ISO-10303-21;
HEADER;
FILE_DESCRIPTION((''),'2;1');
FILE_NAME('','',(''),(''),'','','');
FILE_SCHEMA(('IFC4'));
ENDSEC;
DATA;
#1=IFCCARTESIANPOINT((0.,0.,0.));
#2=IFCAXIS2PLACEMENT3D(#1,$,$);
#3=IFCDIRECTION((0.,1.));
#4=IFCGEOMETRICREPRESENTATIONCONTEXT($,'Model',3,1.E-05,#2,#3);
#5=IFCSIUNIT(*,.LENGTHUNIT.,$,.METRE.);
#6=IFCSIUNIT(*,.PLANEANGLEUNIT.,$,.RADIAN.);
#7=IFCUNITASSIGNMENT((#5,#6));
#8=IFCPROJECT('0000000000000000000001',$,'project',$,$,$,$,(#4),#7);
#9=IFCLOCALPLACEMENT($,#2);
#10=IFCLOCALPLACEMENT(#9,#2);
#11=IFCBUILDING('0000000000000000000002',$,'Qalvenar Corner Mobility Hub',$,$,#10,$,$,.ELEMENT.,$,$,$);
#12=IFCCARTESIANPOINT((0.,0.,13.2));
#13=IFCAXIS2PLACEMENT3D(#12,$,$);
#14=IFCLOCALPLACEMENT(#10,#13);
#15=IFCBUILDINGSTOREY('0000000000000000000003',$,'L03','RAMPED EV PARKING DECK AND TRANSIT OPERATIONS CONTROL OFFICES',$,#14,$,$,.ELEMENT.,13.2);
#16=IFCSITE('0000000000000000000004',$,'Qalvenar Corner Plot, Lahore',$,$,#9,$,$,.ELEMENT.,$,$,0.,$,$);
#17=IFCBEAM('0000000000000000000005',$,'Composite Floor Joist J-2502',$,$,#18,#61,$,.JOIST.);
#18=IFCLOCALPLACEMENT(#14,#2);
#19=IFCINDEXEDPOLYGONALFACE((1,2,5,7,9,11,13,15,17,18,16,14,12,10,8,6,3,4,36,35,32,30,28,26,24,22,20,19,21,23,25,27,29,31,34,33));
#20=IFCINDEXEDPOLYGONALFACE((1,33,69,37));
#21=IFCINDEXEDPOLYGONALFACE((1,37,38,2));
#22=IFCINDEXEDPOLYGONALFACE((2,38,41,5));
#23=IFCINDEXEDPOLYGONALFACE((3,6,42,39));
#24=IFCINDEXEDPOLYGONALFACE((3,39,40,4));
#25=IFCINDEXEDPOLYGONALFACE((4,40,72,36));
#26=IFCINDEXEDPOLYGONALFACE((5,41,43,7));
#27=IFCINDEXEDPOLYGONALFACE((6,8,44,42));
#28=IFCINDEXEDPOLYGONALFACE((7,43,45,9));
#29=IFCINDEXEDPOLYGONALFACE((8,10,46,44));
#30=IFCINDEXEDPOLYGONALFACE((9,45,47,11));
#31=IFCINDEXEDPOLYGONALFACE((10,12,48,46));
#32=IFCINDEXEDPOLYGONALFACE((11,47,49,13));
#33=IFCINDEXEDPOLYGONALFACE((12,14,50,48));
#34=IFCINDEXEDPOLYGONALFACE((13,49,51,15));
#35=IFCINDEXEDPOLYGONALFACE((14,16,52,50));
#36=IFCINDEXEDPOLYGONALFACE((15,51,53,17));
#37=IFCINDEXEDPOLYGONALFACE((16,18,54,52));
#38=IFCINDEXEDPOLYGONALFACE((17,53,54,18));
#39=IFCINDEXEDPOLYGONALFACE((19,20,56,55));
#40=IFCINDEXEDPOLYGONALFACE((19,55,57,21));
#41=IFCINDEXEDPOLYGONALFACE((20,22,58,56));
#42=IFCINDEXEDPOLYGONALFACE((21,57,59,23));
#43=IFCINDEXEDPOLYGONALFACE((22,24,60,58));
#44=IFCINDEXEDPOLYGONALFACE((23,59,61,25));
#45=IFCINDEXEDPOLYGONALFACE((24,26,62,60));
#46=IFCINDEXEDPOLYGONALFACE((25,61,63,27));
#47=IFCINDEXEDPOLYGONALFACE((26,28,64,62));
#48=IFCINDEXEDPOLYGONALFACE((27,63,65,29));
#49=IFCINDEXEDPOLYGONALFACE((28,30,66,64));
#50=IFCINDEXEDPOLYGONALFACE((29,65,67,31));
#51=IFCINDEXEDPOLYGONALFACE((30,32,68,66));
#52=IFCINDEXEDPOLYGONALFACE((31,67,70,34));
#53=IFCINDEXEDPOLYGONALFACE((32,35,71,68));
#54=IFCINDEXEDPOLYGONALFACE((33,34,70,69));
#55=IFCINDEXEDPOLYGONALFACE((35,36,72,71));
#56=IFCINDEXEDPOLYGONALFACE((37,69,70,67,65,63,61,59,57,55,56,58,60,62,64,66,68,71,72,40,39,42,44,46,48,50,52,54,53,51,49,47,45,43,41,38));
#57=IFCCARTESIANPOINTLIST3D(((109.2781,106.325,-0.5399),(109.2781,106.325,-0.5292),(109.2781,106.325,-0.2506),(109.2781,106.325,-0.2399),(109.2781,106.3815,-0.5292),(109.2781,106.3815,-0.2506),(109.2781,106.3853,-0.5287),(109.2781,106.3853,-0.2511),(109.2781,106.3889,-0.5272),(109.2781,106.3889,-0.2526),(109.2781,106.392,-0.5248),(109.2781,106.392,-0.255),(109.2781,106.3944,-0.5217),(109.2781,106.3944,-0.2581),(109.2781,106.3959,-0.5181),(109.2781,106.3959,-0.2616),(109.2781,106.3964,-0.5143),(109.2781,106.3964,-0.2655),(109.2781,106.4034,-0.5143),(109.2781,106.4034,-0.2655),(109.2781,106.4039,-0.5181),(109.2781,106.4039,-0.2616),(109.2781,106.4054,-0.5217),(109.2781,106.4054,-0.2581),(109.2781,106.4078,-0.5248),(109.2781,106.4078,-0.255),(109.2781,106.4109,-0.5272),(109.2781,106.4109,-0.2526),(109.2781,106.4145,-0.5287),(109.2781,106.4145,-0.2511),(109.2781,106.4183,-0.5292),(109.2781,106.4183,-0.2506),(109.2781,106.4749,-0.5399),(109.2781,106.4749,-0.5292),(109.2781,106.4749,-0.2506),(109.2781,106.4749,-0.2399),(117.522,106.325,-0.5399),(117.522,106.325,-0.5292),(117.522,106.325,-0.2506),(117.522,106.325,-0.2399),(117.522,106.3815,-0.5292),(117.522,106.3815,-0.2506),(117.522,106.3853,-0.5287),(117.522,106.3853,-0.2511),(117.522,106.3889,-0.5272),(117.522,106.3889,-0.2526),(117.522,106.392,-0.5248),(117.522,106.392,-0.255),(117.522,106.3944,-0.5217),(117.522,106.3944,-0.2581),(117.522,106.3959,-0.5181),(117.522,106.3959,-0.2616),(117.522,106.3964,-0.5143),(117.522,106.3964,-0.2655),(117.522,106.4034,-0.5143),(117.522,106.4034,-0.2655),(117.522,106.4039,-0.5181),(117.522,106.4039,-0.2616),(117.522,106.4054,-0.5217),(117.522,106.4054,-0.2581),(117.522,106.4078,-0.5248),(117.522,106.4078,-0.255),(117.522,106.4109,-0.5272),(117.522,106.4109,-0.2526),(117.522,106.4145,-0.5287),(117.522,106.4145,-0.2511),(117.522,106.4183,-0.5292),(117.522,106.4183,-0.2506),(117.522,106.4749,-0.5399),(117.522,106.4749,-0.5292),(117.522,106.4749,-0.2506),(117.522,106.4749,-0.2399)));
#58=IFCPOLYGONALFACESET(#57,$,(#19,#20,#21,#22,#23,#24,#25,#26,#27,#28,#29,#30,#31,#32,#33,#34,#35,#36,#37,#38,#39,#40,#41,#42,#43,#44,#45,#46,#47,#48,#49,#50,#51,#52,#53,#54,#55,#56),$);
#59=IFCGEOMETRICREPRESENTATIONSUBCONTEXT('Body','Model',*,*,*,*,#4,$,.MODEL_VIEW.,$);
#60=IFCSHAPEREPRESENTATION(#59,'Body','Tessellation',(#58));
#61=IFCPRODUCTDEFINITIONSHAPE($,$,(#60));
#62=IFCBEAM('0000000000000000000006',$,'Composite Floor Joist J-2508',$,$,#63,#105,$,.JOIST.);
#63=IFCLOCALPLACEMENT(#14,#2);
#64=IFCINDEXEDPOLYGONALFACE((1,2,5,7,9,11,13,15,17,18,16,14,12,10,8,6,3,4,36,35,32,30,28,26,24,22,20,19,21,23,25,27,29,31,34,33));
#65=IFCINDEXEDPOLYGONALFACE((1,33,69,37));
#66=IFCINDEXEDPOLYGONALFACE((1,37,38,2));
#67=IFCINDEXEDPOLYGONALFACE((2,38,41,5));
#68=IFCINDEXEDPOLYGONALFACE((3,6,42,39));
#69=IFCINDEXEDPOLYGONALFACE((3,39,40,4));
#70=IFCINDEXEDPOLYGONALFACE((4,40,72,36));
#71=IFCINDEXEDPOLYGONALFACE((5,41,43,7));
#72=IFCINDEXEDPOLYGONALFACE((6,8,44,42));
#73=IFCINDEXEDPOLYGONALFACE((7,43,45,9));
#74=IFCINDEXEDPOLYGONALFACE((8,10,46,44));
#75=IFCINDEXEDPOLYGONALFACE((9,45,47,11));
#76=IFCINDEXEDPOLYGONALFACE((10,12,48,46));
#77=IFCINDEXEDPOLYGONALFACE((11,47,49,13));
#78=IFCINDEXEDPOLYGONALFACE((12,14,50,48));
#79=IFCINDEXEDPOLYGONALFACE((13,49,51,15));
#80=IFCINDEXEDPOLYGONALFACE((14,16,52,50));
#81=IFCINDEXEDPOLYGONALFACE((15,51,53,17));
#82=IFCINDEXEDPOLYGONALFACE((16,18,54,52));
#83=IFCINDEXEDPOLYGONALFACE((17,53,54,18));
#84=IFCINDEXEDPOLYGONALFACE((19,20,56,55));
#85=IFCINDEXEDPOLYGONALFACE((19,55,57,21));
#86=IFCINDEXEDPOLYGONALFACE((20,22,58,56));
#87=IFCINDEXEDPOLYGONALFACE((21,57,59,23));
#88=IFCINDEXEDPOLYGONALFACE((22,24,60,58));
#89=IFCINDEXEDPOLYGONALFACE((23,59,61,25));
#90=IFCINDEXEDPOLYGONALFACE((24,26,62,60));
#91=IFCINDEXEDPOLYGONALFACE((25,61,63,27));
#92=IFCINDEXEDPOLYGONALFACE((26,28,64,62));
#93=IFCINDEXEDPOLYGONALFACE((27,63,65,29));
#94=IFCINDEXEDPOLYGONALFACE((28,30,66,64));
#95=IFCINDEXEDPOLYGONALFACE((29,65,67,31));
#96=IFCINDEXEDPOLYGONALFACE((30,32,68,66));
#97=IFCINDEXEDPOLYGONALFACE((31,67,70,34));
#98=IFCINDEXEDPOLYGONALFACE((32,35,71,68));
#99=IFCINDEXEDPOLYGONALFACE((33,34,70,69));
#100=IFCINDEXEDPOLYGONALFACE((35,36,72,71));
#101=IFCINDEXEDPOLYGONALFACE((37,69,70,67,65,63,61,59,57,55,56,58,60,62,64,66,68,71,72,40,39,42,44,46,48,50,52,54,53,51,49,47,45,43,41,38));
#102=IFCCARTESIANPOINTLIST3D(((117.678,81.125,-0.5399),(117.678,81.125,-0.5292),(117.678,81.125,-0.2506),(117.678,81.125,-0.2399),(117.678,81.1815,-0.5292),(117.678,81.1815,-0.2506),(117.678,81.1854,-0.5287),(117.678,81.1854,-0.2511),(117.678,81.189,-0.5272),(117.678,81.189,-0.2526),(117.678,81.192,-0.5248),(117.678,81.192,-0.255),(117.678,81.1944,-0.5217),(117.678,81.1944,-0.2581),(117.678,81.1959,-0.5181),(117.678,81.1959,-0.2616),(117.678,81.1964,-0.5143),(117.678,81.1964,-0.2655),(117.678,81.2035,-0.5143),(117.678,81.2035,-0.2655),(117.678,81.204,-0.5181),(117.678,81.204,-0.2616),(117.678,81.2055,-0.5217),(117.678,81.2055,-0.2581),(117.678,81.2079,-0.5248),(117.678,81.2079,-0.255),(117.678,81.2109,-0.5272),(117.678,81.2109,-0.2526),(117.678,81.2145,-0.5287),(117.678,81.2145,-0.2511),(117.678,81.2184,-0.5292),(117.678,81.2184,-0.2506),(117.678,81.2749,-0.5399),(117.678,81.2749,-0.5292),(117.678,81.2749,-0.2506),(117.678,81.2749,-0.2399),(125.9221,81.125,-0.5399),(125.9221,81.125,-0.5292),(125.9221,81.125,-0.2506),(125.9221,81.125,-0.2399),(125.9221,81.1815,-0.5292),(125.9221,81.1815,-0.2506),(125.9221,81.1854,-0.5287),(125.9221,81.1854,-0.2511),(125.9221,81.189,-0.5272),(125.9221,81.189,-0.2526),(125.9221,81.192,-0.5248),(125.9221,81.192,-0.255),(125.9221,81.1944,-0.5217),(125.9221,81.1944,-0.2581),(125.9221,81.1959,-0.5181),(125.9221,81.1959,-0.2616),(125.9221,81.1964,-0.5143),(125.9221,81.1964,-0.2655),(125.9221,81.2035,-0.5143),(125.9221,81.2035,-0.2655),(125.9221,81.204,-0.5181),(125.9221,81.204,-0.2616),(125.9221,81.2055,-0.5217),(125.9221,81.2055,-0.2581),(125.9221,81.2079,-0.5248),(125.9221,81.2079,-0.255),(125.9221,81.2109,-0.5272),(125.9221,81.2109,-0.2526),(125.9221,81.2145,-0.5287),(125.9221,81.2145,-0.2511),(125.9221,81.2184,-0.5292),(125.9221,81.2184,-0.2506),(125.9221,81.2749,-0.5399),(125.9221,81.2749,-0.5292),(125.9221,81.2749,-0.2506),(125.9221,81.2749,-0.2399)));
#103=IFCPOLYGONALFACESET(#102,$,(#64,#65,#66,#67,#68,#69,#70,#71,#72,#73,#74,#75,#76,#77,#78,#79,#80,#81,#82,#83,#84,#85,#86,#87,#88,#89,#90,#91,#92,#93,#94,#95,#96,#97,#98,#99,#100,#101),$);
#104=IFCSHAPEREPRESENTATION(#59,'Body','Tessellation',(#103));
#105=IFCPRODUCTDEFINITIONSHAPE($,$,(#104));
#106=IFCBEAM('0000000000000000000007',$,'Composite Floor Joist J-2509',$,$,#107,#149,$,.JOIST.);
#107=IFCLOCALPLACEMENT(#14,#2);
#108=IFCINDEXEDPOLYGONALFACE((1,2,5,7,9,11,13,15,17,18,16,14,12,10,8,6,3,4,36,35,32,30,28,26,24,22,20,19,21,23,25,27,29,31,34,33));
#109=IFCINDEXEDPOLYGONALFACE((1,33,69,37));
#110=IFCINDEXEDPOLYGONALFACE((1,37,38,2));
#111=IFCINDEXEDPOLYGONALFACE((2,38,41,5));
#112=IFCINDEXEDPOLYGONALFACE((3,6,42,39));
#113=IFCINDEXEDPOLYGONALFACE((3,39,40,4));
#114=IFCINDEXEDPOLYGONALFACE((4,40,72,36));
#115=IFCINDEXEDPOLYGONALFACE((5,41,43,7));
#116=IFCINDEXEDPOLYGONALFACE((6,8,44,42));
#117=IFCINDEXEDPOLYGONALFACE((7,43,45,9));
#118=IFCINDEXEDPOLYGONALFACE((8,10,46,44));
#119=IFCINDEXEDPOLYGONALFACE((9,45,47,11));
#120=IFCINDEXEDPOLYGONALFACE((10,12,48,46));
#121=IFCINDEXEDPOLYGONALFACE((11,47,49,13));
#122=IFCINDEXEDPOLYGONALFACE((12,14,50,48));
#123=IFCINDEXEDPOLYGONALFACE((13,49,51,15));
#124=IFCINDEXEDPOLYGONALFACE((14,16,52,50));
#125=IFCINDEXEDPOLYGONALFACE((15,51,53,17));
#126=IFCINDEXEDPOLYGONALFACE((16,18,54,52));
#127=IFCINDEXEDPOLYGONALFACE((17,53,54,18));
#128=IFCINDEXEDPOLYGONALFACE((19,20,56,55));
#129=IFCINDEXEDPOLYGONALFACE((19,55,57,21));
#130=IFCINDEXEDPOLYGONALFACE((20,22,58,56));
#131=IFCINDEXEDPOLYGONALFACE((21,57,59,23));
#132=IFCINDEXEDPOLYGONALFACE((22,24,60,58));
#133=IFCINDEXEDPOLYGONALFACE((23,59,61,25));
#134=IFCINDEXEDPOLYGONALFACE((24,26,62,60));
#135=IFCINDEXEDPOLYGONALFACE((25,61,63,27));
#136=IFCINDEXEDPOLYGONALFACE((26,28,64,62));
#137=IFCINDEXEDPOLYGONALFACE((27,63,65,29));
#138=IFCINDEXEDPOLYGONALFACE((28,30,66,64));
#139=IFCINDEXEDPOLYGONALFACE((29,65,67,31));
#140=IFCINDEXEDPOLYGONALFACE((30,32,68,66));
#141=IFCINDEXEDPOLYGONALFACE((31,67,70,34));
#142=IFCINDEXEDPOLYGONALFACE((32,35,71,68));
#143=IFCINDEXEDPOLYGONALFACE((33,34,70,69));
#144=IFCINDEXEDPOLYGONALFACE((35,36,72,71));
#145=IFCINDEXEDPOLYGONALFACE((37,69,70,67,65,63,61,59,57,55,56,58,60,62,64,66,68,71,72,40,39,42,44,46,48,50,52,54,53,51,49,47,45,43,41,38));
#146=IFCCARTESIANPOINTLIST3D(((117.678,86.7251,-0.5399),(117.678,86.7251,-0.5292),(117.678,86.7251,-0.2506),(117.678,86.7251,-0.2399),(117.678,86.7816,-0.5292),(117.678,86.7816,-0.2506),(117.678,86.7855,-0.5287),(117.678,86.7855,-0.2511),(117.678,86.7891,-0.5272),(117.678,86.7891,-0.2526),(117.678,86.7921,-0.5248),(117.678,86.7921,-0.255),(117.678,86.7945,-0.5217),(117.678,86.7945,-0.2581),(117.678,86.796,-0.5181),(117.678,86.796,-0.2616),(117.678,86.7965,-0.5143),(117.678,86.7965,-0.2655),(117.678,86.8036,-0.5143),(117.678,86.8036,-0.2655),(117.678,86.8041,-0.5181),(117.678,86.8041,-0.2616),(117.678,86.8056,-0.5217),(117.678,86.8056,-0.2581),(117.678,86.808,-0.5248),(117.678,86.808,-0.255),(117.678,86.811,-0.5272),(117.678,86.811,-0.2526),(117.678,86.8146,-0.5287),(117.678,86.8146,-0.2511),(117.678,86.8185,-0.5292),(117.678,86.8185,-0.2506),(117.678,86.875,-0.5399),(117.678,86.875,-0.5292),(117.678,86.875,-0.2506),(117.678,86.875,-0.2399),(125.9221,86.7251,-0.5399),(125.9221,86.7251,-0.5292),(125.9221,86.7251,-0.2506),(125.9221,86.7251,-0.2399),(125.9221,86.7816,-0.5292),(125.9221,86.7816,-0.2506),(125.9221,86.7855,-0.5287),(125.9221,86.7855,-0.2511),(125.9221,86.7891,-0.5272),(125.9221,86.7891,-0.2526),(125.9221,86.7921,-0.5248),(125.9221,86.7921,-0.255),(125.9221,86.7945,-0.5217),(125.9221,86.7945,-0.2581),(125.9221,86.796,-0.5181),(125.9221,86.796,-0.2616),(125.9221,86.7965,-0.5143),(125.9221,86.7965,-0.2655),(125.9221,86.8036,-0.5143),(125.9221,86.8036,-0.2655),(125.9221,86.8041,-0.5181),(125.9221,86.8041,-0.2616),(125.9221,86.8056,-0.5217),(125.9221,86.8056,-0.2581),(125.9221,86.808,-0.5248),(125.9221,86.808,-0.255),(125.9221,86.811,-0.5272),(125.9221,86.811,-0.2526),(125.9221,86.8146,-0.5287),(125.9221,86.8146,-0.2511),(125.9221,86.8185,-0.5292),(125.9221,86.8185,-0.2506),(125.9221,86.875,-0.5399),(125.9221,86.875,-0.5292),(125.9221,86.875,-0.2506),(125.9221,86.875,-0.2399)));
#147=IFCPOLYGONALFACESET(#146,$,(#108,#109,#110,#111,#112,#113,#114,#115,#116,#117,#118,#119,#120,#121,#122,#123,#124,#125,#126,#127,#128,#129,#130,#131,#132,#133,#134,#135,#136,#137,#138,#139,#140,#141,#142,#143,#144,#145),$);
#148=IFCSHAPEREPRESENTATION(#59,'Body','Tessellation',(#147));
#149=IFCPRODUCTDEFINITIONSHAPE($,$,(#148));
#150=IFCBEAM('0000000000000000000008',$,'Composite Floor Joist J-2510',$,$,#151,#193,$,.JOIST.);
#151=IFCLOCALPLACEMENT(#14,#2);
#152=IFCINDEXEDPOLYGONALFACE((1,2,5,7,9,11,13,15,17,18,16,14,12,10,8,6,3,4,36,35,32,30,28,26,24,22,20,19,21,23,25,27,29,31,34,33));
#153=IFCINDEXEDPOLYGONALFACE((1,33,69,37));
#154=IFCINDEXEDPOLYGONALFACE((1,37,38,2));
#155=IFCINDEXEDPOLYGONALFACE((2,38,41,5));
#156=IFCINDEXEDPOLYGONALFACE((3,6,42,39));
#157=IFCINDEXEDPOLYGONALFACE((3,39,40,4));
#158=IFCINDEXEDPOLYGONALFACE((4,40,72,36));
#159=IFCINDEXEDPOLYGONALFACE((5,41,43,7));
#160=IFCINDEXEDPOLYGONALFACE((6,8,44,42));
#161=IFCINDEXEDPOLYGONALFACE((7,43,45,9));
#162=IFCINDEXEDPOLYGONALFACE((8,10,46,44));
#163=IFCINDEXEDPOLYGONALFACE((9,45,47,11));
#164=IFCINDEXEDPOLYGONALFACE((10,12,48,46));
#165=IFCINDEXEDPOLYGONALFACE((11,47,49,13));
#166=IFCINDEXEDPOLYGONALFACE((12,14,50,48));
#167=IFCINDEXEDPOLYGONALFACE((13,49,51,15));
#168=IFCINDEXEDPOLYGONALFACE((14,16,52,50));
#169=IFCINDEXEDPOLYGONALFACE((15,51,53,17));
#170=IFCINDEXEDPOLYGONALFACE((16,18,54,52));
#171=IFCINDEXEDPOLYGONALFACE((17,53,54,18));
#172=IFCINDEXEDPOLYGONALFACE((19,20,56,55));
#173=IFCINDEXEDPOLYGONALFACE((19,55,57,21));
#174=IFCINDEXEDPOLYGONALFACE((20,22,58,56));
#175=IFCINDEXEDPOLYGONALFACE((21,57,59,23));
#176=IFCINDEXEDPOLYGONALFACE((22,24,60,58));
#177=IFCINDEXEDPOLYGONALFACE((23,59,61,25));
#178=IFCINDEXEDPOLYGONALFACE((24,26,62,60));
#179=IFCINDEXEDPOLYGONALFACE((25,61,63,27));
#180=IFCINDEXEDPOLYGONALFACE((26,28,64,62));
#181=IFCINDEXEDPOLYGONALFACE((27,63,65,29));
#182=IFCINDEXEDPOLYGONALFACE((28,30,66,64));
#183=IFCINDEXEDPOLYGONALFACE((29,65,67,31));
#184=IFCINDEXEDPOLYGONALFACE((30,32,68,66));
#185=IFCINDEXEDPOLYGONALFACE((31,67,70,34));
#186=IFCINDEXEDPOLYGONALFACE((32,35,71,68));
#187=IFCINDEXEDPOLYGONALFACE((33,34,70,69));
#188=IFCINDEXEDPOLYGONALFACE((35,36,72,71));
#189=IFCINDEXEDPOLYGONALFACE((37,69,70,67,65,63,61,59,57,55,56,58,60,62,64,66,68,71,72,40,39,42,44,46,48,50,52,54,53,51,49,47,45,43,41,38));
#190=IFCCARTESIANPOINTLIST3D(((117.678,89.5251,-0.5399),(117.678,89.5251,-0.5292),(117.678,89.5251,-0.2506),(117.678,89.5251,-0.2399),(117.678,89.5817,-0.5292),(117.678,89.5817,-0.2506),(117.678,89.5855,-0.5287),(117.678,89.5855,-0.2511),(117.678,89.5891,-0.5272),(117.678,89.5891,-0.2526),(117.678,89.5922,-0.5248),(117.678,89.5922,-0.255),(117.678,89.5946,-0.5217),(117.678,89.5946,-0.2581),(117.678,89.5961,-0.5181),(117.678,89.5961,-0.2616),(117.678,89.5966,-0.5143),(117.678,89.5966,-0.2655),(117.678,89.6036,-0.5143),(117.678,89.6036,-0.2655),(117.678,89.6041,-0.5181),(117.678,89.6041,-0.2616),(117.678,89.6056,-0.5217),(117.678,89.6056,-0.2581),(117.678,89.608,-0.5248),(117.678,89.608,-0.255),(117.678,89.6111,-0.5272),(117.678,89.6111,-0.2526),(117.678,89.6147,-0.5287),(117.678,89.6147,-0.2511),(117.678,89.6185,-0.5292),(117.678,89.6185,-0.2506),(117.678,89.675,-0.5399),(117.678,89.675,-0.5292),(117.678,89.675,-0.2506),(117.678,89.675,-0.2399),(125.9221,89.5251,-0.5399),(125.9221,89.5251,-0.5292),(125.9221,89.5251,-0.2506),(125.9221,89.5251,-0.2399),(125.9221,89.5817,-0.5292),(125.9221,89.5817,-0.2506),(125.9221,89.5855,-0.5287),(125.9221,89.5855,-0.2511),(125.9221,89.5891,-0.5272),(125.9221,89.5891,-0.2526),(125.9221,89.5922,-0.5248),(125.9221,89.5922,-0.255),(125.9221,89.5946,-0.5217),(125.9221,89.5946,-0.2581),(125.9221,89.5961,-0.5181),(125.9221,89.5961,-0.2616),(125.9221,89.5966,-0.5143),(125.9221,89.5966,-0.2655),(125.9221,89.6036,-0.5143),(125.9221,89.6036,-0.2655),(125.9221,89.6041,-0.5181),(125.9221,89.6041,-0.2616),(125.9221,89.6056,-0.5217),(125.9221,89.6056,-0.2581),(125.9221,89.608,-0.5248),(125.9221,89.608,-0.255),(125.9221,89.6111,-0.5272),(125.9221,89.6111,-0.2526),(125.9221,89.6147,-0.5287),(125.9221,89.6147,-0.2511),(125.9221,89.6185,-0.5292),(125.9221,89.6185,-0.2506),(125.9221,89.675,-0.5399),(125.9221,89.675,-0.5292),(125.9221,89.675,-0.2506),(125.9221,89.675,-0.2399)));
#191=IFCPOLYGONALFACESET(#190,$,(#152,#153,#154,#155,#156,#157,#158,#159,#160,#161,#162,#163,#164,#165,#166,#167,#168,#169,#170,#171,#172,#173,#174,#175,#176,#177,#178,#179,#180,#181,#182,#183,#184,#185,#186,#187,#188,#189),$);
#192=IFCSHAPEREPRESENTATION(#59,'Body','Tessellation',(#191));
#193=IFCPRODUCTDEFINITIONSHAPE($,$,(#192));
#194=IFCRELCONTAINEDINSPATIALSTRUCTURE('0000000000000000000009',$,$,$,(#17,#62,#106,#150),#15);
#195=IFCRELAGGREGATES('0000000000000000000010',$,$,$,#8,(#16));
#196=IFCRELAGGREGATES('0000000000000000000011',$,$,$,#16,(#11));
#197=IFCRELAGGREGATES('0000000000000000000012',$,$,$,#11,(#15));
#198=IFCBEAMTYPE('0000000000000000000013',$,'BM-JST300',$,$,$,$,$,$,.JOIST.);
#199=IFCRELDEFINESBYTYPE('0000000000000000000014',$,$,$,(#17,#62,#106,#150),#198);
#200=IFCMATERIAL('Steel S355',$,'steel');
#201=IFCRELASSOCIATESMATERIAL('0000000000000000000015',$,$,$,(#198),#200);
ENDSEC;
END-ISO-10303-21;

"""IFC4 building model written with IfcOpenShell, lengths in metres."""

from ifc_helpers import new_model, si_unit, direction, frame, origin, origin_2d, place, context, subcontext, project, spatial, i_section, extrude, material, material_profile, profile_set, type_object, element, save


model = new_model("IFC4")

# Units and contexts
model_context = context("Model", 3, precision=1e-05, world=origin(), true_north=direction((0.0, 1.0)))
body_context = subcontext(model_context, "Body", "Model", "MODEL_VIEW")
ifc_project = project(units=[si_unit("LENGTHUNIT", "METRE"), si_unit("PLANEANGLEUNIT", "RADIAN")], contexts=[model_context])

# Site, building, storey
site_placement = place(None, origin())
site = spatial("IfcSite", under=ifc_project, at=site_placement, Name="Qalvenar Corner Plot, Lahore", CompositionType="ELEMENT", RefElevation=0.0)
building_placement = place(site_placement, origin())
building = spatial("IfcBuilding", under=site, at=building_placement, Name="Qalvenar Corner Mobility Hub", CompositionType="ELEMENT")
storey_placement = place(building_placement, frame((0.0, 0.0, 13.2)))
storey = spatial("IfcBuildingStorey", under=building, at=storey_placement, Name="L03", Description="RAMPED EV PARKING DECK AND TRANSIT OPERATIONS CONTROL OFFICES", CompositionType="ELEMENT", Elevation=13.2)

# Shared definitions
ifc_material = material(Name="Steel S355", Category="steel")

# Beams
ifc_material_profile_1 = material_profile(ifc_material, i_section(OverallWidth=0.1499, OverallDepth=0.3, WebThickness=0.0071, FlangeThickness=0.0107, FilletRadius=0.0149, at=origin_2d()), Name="IPE300")
ifc_profile_set_1 = profile_set([ifc_material_profile_1], Name="Steel S355")
beam_type_1 = type_object("IfcBeamType", Name="BM-JST300", PredefinedType="JOIST", material=ifc_profile_set_1)
for number, where, z_axis, x_axis, name in (
    (1, (109.2781, 106.3999, -0.3899), (1.0, 0.0, 0.0), (0.0, 1.0, 0.0), "Composite Floor Joist J-2502"),
):
    element("IfcBeam", number, at=place(storey_placement, frame(where, z_axis=z_axis, x_axis=x_axis)), inside=storey, type_object=beam_type_1, Name=name, PredefinedType="JOIST", context=body_context, shape_type="SweptSolid", body=[
        extrude(i_section(OverallWidth=0.1499, OverallDepth=0.3, WebThickness=0.0071, FlangeThickness=0.0107, FilletRadius=0.0149, at=origin_2d()), origin(), (0.0, 0.0, 1.0), 8.2439),
    ])
for number, where, z_axis, x_axis, name in (
    (2, (117.678, 81.2, -0.3899), (1.0, 0.0, 0.0), (0.0, 1.0, 0.0), "Composite Floor Joist J-2508"),
    (3, (117.678, 86.8, -0.3899), (1.0, 0.0, 0.0), (0.0, 1.0, 0.0), "Composite Floor Joist J-2509"),
    (4, (117.678, 89.6001, -0.3899), (1.0, 0.0, 0.0), (0.0, 1.0, 0.0), "Composite Floor Joist J-2510"),
):
    element("IfcBeam", number, at=place(storey_placement, frame(where, z_axis=z_axis, x_axis=x_axis)), inside=storey, type_object=beam_type_1, Name=name, PredefinedType="JOIST", context=body_context, shape_type="SweptSolid", body=[
        extrude(i_section(OverallWidth=0.1499, OverallDepth=0.3, WebThickness=0.0071, FlangeThickness=0.0107, FilletRadius=0.0149, at=origin_2d()), origin(), (0.0, 0.0, 1.0), 8.2441),
    ])

save(model, "model.ifc")
